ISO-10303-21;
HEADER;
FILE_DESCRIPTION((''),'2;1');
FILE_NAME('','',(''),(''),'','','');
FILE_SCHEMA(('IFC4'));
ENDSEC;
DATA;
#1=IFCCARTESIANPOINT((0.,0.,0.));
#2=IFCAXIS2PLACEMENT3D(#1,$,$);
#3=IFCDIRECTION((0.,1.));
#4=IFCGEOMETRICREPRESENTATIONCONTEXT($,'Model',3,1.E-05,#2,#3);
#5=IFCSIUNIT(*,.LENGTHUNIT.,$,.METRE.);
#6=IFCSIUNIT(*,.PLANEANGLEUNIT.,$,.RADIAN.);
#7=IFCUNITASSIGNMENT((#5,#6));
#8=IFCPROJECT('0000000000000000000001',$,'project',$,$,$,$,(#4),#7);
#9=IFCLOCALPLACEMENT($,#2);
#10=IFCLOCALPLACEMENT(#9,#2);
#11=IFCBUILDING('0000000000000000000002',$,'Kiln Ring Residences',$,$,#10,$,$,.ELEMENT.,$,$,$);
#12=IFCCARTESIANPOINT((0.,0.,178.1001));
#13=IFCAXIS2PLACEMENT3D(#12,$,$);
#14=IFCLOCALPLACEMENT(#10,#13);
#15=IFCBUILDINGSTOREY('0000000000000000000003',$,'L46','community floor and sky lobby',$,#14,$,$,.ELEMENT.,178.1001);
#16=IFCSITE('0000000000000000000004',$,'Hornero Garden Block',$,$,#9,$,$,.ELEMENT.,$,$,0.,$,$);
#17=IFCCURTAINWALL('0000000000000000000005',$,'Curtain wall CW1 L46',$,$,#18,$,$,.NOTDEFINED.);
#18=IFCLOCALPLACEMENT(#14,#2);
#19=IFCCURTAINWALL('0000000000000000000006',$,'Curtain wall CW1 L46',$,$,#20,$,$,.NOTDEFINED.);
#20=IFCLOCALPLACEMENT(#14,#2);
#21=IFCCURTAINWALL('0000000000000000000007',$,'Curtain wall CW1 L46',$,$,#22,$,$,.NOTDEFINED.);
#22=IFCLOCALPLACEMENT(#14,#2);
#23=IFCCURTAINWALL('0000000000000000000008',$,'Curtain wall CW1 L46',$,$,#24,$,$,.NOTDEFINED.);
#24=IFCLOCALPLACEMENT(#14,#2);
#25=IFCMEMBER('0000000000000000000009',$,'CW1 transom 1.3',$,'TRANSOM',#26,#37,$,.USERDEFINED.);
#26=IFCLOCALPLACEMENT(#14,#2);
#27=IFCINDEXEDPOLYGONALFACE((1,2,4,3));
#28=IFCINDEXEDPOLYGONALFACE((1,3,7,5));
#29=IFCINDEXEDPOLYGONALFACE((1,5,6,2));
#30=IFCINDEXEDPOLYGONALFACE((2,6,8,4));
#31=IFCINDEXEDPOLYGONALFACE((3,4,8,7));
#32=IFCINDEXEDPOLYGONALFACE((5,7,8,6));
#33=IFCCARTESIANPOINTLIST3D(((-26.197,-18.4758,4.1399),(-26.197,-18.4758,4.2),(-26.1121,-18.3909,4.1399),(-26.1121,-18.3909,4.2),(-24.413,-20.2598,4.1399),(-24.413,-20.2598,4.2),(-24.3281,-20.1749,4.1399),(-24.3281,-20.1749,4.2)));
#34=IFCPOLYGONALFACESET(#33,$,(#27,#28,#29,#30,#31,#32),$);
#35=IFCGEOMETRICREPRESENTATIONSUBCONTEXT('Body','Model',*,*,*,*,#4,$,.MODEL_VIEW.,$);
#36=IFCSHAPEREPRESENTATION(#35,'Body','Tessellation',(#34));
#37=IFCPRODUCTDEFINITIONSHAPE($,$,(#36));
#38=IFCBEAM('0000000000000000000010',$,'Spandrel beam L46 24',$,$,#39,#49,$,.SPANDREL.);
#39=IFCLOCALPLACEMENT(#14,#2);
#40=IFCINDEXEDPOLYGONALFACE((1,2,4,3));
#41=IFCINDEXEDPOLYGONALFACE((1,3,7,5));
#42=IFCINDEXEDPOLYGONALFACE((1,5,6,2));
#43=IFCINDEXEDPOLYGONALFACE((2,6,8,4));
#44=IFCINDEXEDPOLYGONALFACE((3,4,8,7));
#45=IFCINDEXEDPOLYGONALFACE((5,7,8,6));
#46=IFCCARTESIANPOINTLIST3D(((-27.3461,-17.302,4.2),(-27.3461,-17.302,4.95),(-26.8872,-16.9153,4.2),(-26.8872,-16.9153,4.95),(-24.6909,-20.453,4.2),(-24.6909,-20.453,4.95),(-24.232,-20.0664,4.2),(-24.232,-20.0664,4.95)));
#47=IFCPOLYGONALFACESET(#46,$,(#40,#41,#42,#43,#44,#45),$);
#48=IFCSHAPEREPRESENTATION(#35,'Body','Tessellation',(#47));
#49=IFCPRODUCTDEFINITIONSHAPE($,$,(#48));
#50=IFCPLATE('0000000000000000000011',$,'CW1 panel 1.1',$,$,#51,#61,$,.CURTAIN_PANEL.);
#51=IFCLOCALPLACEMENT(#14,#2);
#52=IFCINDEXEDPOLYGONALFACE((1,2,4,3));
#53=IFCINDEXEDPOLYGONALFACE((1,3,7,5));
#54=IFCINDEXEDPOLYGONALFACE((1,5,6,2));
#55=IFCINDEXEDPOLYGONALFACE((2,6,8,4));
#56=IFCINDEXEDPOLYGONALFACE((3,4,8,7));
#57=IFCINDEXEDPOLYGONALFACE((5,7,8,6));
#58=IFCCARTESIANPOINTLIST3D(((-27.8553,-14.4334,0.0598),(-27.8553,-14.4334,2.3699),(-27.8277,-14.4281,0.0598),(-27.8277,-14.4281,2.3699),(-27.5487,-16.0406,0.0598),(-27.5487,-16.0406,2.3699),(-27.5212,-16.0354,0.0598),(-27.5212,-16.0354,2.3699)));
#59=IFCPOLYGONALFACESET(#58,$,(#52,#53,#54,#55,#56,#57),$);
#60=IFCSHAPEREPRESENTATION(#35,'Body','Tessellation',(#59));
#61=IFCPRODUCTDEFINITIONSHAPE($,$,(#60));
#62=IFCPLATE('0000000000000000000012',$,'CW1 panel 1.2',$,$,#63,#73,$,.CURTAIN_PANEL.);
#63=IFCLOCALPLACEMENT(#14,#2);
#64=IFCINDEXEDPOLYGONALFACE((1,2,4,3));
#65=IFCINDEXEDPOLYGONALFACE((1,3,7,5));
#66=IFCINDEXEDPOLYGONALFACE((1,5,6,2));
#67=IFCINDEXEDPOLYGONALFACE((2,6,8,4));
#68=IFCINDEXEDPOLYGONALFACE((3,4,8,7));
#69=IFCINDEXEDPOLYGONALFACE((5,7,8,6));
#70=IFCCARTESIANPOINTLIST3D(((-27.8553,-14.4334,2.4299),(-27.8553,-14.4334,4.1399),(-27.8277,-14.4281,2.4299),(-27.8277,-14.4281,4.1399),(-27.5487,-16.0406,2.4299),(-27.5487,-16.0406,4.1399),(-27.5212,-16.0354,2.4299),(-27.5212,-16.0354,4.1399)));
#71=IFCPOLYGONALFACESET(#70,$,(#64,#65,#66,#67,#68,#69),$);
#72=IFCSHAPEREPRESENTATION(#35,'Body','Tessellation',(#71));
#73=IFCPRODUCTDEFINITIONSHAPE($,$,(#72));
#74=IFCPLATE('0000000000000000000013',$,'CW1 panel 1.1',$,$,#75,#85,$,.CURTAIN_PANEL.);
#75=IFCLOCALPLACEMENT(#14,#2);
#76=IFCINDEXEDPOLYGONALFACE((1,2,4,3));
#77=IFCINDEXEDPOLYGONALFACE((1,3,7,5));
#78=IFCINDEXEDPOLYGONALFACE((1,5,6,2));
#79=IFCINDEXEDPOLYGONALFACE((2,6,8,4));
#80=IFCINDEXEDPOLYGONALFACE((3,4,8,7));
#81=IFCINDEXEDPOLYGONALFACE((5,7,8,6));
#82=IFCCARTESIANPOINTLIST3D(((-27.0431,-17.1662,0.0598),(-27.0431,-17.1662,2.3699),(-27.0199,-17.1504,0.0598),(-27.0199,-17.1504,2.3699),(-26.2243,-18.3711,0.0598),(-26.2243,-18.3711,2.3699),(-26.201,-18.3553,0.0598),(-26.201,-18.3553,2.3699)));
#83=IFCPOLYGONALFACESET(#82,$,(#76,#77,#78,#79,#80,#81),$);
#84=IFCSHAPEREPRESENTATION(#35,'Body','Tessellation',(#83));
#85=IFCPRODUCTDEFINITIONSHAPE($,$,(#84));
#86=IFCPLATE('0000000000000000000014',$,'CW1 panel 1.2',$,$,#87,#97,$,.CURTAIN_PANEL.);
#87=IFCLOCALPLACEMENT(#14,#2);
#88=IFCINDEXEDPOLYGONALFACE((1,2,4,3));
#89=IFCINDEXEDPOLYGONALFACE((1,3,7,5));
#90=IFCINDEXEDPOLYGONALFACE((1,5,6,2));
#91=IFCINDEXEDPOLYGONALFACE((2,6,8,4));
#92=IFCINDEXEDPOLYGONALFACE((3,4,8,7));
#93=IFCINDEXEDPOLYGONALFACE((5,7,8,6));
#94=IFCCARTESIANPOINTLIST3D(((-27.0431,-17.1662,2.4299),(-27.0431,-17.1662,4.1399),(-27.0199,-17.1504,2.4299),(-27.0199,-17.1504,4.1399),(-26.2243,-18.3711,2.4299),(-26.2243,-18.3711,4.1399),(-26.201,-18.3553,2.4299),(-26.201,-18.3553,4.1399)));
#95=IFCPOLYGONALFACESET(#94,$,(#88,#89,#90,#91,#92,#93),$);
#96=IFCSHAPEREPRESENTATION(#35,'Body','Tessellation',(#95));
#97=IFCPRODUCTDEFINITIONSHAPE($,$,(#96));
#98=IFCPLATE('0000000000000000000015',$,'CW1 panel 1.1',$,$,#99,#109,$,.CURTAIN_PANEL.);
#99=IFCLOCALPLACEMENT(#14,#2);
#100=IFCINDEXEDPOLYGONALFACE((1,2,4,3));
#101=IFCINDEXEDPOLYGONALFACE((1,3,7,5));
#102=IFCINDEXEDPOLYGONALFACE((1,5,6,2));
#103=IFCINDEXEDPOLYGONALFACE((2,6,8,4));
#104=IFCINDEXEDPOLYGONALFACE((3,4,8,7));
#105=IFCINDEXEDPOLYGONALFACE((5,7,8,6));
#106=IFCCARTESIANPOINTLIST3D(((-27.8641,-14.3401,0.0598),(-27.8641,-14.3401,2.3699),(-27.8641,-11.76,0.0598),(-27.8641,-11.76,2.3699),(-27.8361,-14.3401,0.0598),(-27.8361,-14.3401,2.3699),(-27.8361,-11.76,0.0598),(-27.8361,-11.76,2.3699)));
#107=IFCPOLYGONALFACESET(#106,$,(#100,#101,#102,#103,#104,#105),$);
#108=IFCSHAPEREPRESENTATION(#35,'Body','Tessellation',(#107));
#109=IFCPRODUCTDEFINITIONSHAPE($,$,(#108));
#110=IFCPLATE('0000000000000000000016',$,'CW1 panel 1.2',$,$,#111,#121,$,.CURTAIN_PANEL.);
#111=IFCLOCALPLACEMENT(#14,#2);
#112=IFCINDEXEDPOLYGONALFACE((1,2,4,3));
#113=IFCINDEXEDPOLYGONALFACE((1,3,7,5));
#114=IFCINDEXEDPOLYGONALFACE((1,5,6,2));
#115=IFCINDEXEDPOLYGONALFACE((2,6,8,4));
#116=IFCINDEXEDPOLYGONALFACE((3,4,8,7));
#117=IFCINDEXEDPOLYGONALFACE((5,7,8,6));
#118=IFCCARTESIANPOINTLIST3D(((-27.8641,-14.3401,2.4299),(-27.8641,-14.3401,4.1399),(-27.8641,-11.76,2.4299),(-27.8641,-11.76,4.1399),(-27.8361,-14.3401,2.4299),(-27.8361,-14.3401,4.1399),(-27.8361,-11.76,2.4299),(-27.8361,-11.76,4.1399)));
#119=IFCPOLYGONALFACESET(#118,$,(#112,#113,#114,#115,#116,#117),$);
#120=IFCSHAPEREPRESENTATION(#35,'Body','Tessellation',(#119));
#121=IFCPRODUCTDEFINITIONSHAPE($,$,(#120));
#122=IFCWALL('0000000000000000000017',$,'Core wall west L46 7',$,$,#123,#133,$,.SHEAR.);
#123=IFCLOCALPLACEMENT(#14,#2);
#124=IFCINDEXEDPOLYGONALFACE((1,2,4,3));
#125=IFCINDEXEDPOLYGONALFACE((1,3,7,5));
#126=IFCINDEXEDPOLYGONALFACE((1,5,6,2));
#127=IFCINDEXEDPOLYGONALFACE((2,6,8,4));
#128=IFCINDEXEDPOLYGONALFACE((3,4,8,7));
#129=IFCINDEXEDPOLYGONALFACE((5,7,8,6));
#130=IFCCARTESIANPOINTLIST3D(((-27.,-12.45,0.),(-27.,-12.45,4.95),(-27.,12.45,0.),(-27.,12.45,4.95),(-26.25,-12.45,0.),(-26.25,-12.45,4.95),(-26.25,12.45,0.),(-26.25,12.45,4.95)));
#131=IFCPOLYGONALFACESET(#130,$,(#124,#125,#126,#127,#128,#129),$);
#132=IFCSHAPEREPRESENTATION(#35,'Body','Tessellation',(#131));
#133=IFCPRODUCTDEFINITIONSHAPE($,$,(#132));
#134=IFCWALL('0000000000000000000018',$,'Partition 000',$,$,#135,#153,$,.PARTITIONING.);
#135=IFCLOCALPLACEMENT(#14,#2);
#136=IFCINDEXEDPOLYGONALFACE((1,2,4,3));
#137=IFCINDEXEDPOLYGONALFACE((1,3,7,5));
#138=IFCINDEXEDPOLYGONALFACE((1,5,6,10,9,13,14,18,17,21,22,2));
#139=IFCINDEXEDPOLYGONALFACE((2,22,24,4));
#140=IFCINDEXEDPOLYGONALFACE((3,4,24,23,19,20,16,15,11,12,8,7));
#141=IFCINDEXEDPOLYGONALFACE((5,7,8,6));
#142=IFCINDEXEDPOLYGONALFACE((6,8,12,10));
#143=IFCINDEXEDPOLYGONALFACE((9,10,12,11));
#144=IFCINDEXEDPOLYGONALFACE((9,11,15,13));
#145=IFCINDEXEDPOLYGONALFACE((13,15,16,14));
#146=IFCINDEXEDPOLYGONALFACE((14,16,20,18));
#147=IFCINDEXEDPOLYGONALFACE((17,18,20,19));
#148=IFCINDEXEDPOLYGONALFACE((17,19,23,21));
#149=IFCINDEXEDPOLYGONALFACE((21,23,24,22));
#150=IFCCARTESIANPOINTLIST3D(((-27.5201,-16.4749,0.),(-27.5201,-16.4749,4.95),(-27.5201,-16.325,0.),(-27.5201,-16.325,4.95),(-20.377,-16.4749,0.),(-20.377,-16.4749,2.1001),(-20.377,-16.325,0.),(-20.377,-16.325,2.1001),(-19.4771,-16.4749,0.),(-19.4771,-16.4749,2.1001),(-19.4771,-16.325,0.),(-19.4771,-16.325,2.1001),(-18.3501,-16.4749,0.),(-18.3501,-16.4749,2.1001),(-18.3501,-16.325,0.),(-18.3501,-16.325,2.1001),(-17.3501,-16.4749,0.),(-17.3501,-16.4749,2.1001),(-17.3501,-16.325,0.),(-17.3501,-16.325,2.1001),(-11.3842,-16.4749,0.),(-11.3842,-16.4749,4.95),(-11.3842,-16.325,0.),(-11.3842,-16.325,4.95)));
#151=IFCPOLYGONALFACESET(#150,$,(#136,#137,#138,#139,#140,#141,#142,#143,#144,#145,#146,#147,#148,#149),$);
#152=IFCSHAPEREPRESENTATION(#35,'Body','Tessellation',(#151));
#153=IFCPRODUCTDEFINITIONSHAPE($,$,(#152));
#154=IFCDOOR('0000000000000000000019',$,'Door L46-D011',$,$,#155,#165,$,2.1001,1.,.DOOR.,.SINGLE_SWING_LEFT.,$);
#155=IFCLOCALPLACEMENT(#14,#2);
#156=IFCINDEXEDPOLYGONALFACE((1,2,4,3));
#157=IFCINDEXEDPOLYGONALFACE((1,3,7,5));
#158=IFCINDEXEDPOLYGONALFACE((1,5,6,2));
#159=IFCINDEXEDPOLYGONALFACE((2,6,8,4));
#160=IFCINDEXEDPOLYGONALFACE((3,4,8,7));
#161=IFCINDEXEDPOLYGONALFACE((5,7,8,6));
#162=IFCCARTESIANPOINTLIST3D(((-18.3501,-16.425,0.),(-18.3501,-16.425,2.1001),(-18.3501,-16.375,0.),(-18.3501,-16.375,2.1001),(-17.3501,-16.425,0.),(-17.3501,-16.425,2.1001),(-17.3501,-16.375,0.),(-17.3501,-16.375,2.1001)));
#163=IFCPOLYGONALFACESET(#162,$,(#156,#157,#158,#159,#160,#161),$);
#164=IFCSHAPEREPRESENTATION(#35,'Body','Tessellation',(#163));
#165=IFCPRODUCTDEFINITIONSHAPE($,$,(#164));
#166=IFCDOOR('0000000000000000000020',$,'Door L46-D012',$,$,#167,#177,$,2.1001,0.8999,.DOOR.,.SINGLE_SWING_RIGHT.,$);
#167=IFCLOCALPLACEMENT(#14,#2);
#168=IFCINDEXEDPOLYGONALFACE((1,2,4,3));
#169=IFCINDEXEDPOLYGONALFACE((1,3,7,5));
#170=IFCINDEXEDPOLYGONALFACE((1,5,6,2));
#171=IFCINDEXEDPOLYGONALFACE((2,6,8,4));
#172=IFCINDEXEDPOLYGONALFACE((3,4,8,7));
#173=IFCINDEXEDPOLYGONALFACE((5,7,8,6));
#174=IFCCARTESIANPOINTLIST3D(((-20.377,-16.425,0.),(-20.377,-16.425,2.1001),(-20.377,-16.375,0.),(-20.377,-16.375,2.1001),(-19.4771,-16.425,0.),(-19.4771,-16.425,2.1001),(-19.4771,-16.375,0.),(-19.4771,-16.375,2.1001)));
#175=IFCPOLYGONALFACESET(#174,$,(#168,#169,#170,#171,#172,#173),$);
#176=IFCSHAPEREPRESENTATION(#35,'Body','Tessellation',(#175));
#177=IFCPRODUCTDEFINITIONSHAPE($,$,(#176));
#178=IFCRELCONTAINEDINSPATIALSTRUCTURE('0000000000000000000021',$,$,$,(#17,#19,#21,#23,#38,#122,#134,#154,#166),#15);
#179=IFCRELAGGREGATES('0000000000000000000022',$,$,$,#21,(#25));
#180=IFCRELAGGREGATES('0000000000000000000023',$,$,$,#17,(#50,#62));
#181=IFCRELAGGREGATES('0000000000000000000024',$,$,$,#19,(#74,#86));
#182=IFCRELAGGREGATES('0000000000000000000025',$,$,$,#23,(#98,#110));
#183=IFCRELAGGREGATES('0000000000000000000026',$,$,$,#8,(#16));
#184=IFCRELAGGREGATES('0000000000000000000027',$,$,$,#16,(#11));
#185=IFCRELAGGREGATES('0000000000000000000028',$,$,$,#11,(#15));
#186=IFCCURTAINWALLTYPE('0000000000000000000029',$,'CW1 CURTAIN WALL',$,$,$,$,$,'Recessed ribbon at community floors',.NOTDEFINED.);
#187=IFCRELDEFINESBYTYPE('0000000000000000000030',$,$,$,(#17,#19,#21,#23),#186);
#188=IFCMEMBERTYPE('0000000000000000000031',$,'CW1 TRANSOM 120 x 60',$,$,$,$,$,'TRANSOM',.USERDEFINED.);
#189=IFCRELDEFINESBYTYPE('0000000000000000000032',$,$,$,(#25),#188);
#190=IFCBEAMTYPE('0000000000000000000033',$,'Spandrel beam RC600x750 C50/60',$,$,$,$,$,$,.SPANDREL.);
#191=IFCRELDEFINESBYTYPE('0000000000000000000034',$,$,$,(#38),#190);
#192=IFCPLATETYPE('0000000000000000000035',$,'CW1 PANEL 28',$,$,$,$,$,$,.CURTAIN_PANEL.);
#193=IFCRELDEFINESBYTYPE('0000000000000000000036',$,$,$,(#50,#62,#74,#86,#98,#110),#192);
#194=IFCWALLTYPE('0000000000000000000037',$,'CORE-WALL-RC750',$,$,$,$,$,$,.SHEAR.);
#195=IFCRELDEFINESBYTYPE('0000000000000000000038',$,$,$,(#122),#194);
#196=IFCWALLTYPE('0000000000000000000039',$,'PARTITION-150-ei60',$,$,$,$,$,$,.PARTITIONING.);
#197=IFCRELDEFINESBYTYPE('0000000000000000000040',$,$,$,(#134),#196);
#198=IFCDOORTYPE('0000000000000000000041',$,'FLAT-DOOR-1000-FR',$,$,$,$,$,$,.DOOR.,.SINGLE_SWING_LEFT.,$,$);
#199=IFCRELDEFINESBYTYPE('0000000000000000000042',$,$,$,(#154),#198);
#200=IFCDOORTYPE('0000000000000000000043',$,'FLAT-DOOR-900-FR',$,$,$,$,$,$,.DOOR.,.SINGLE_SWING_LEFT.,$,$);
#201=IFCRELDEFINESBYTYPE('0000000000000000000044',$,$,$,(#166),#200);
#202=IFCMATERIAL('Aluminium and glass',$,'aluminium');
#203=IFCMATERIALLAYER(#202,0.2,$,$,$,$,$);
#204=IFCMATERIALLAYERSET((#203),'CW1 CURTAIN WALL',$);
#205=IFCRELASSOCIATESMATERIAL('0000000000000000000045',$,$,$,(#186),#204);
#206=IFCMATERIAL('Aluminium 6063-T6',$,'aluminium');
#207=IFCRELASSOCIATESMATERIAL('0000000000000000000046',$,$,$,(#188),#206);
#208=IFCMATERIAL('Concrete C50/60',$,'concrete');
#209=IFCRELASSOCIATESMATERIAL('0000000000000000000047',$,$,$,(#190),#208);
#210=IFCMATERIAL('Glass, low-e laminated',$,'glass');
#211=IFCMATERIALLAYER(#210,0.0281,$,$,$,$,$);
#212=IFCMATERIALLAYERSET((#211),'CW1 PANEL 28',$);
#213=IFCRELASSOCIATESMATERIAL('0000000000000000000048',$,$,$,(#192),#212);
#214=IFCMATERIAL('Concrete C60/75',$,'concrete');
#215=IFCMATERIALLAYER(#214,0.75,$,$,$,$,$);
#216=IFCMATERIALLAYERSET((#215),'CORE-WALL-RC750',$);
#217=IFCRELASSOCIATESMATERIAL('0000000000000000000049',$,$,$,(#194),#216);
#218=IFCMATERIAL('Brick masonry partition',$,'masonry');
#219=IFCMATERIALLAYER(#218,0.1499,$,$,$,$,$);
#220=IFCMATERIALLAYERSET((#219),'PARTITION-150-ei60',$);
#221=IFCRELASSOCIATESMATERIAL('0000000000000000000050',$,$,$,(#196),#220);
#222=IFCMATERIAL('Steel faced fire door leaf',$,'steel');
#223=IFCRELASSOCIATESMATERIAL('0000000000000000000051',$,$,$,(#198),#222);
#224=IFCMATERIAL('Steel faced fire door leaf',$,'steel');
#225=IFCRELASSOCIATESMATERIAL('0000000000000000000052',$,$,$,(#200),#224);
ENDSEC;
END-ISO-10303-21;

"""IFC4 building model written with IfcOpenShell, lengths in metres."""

from ifc_helpers import new_model, si_unit, direction, frame, frame_2d, origin, origin_2d, place, context, subcontext, project, spatial, rectangle, extrude, material, layer, layer_set, material_profile, profile_set, type_object, element, fill, aggregate, save


model = new_model("IFC4")

# Units and contexts
model_context = context("Model", 3, precision=1e-05, world=origin(), true_north=direction((0.0, 1.0)))
body_context = subcontext(model_context, "Body", "Model", "MODEL_VIEW")
ifc_project = project(units=[si_unit("LENGTHUNIT", "METRE"), si_unit("PLANEANGLEUNIT", "RADIAN")], contexts=[model_context])

# Site, building, storey
site_placement = place(None, origin())
site = spatial("IfcSite", under=ifc_project, at=site_placement, Name="Hornero Garden Block", CompositionType="ELEMENT", RefElevation=0.0)
building_placement = place(site_placement, origin())
building = spatial("IfcBuilding", under=site, at=building_placement, Name="Kiln Ring Residences", CompositionType="ELEMENT")
storey_placement = place(building_placement, frame((0.0, 0.0, 178.1001)))
storey = spatial("IfcBuildingStorey", under=building, at=storey_placement, Name="L46", Description="community floor and sky lobby", CompositionType="ELEMENT", Elevation=178.1001)

# Curtain walls
ifc_material_1 = material(Name="Aluminium and glass", Category="aluminium")
ifc_layer_1 = layer(ifc_material_1, 0.2)
ifc_layer_set_1 = layer_set([ifc_layer_1], Name="CW1 CURTAIN WALL")
curtain_wall_type = type_object("IfcCurtainWallType", Name="CW1 CURTAIN WALL", ElementType="Recessed ribbon at community floors", PredefinedType="NOTDEFINED", material=ifc_layer_set_1)
placement = place(storey_placement, origin())
curtain_wall_1 = element("IfcCurtainWall", 1, at=placement, inside=storey, type_object=curtain_wall_type, Name="Curtain wall CW1 L46", PredefinedType="NOTDEFINED")
curtain_wall_2 = element("IfcCurtainWall", 2, at=placement, inside=storey, type_object=curtain_wall_type, Name="Curtain wall CW1 L46", PredefinedType="NOTDEFINED")

# Curtain walls
curtain_wall_3 = element("IfcCurtainWall", 3, at=placement, inside=storey, type_object=curtain_wall_type, Name="Curtain wall CW1 L46", PredefinedType="NOTDEFINED")
curtain_wall_4 = element("IfcCurtainWall", 4, at=placement, inside=storey, type_object=curtain_wall_type, Name="Curtain wall CW1 L46", PredefinedType="NOTDEFINED")

# Member
ifc_material_2 = material(Name="Aluminium 6063-T6", Category="aluminium")
ifc_material_profile_1 = material_profile(ifc_material_2, rectangle(XDim=0.1201, YDim=0.0601, at=origin_2d()), Name="AL 120x60")
ifc_profile_set_1 = profile_set([ifc_material_profile_1], Name="Aluminium 6063-T6")
member_type_1 = type_object("IfcMemberType", Name="CW1 TRANSOM 120 x 60", ElementType="TRANSOM", PredefinedType="USERDEFINED", material=ifc_profile_set_1)
member_1_placement = place(storey_placement, frame((-26.1545, -18.4333, 4.1699), z_axis=(0.707107, -0.707107, 0.0), x_axis=(0.707107, 0.707107, 0.0)))
member_1 = element("IfcMember", 5, at=member_1_placement, type_object=member_type_1, Name="CW1 transom 1.3", ObjectType="TRANSOM", PredefinedType="USERDEFINED", context=body_context, shape_type="SweptSolid", body=[
    extrude(rectangle(XDim=0.1201, YDim=0.0601, at=origin_2d()), origin(), (0.0, 0.0, 1.0), 2.5229),
])
aggregate(curtain_wall_3, [member_1])

# Beam
ifc_material_3 = material(Name="Concrete C50/60", Category="concrete")
ifc_material_profile_2 = material_profile(ifc_material_3, rectangle(XDim=0.6001, YDim=0.75, at=origin_2d()), Name="RC600x750")
ifc_profile_set_2 = profile_set([ifc_material_profile_2], Name="Concrete C50/60")
beam_type = type_object("IfcBeamType", Name="Spandrel beam RC600x750 C50/60", PredefinedType="SPANDREL", material=ifc_profile_set_2)
beam_placement = place(storey_placement, frame((-27.1167, -17.1086, 4.575), z_axis=(0.644377, -0.764708, 0.0), x_axis=(0.764708, 0.644377, 0.0)))
element("IfcBeam", 6, at=beam_placement, inside=storey, type_object=beam_type, Name="Spandrel beam L46 24", PredefinedType="SPANDREL", context=body_context, shape_type="SweptSolid", body=[
    extrude(rectangle(XDim=0.6001, YDim=0.75, at=origin_2d()), origin(), (0.0, 0.0, 1.0), 4.1206),
])

# Plates
ifc_material_4 = material(Name="Glass, low-e laminated", Category="glass")
ifc_layer_2 = layer(ifc_material_4, 0.0281)
ifc_layer_set_2 = layer_set([ifc_layer_2], Name="CW1 PANEL 28")
plate_type = type_object("IfcPlateType", Name="CW1 PANEL 28", PredefinedType="CURTAIN_PANEL", material=ifc_layer_set_2)
plate_1_placement = place(storey_placement, frame((-27.6882, -15.2344, 0.0598), z_axis=(0.0, 0.0, 1.0), x_axis=(0.187366, -0.98229, 0.0)))
plate_1 = element("IfcPlate", 7, at=plate_1_placement, type_object=plate_type, Name="CW1 panel 1.1", PredefinedType="CURTAIN_PANEL", context=body_context, shape_type="SweptSolid", body=[
    extrude(rectangle(XDim=1.6362, YDim=0.0281, at=origin_2d()), origin(), (0.0, 0.0, 1.0), 2.3101),
])
plate_2_placement = place(storey_placement, frame((-27.6882, -15.2344, 2.4299), z_axis=(0.0, 0.0, 1.0), x_axis=(0.187366, -0.98229, 0.0)))
plate_2 = element("IfcPlate", 8, at=plate_2_placement, type_object=plate_type, Name="CW1 panel 1.2", PredefinedType="CURTAIN_PANEL", context=body_context, shape_type="SweptSolid", body=[
    extrude(rectangle(XDim=1.6362, YDim=0.0281, at=origin_2d()), origin(), (0.0, 0.0, 1.0), 1.71),
])
aggregate(curtain_wall_1, [plate_1, plate_2])
plate_3_placement = place(storey_placement, frame((-26.6221, -17.7607, 0.0598), z_axis=(0.0, 0.0, 1.0), x_axis=(0.562097, -0.827072, 0.0)))
plate_3 = element("IfcPlate", 9, at=plate_3_placement, type_object=plate_type, Name="CW1 panel 1.1", PredefinedType="CURTAIN_PANEL", context=body_context, shape_type="SweptSolid", body=[
    extrude(rectangle(XDim=1.4568, YDim=0.0281, at=origin_2d()), origin(), (0.0, 0.0, 1.0), 2.3101),
])
plate_4_placement = place(storey_placement, frame((-26.6221, -17.7607, 2.4299), z_axis=(0.0, 0.0, 1.0), x_axis=(0.562097, -0.827072, 0.0)))
plate_4 = element("IfcPlate", 10, at=plate_4_placement, type_object=plate_type, Name="CW1 panel 1.2", PredefinedType="CURTAIN_PANEL", context=body_context, shape_type="SweptSolid", body=[
    extrude(rectangle(XDim=1.4568, YDim=0.0281, at=origin_2d()), origin(), (0.0, 0.0, 1.0), 1.71),
])
aggregate(curtain_wall_2, [plate_3, plate_4])
plate_5_placement = place(storey_placement, frame((-27.8501, -13.05, 0.0598), z_axis=(0.0, 0.0, 1.0), x_axis=(0.0, -1.0, 0.0)))
plate_5 = element("IfcPlate", 11, at=plate_5_placement, type_object=plate_type, Name="CW1 panel 1.1", PredefinedType="CURTAIN_PANEL", context=body_context, shape_type="SweptSolid", body=[
    extrude(rectangle(XDim=2.5801, YDim=0.0281, at=origin_2d()), origin(), (0.0, 0.0, 1.0), 2.3101),
])
plate_6_placement = place(storey_placement, frame((-27.8501, -13.05, 2.4299), z_axis=(0.0, 0.0, 1.0), x_axis=(0.0, -1.0, 0.0)))
plate_6 = element("IfcPlate", 12, at=plate_6_placement, type_object=plate_type, Name="CW1 panel 1.2", PredefinedType="CURTAIN_PANEL", context=body_context, shape_type="SweptSolid", body=[
    extrude(rectangle(XDim=2.5801, YDim=0.0281, at=origin_2d()), origin(), (0.0, 0.0, 1.0), 1.71),
])
aggregate(curtain_wall_4, [plate_5, plate_6])

# Wall
ifc_material_5 = material(Name="Concrete C60/75", Category="concrete")
ifc_layer_3 = layer(ifc_material_5, 0.75)
ifc_layer_set_3 = layer_set([ifc_layer_3], Name="CORE-WALL-RC750")
wall_type_1 = type_object("IfcWallType", Name="CORE-WALL-RC750", PredefinedType="SHEAR", material=ifc_layer_set_3)
wall_1_placement = place(storey_placement, frame((-26.625, -12.45, 0.0), z_axis=(0.0, 0.0, 1.0), x_axis=(0.0, 1.0, 0.0)))
element("IfcWall", 13, at=wall_1_placement, inside=storey, type_object=wall_type_1, Name="Core wall west L46 7", PredefinedType="SHEAR", context=body_context, shape_type="SweptSolid", body=[
    extrude(rectangle(XDim=24.8999, YDim=0.75, at=frame_2d((12.45, 0.0))), origin(), (0.0, 0.0, 1.0), 4.95),
])

# Wall, openings, doors
ifc_material_6 = material(Name="Brick masonry partition", Category="masonry")
ifc_layer_4 = layer(ifc_material_6, 0.1499)
ifc_layer_set_4 = layer_set([ifc_layer_4], Name="PARTITION-150-ei60")
wall_type_2 = type_object("IfcWallType", Name="PARTITION-150-ei60", PredefinedType="PARTITIONING", material=ifc_layer_set_4)
wall_2_placement = place(storey_placement, frame((-27.52, -16.3999, 0.0), z_axis=(0.0, 0.0, 1.0), x_axis=(1.0, 0.0, 0.0)))
wall_2 = element("IfcWall", 14, at=wall_2_placement, inside=storey, type_object=wall_type_2, Name="Partition 000", PredefinedType="PARTITIONING", context=body_context, shape_type="SweptSolid", body=[
    extrude(rectangle(XDim=16.136, YDim=0.1499, at=frame_2d((8.0679, 0.0))), origin(), (0.0, 0.0, 1.0), 4.95),
])
opening_1_placement = place(wall_2_placement, frame((9.1699, 0.0, 0.0)))
opening_1 = element("IfcOpeningElement", 15, at=opening_1_placement, cuts=wall_2, PredefinedType="OPENING", context=body_context, shape_type="SweptSolid", body=[
    extrude(rectangle(XDim=1.0, YDim=2.1001, at=frame_2d((0.5, 1.05))), frame((0.0, 0.085, 0.0), z_axis=(0.0, -1.0, 0.0), x_axis=(1.0, 0.0, 0.0)), (0.0, 0.0, 1.0), 0.1699),
])
opening_2_placement = place(wall_2_placement, frame((7.1431, 0.0, 0.0)))
opening_2 = element("IfcOpeningElement", 16, at=opening_2_placement, cuts=wall_2, PredefinedType="OPENING", context=body_context, shape_type="SweptSolid", body=[
    extrude(rectangle(XDim=0.8999, YDim=2.1001, at=frame_2d((0.45, 1.05))), frame((0.0, 0.085, 0.0), z_axis=(0.0, -1.0, 0.0), x_axis=(1.0, 0.0, 0.0)), (0.0, 0.0, 1.0), 0.1699),
])
ifc_material_7 = material(Name="Steel faced fire door leaf", Category="steel")
door_type_1 = type_object("IfcDoorType", Name="FLAT-DOOR-1000-FR", OperationType="SINGLE_SWING_LEFT", PredefinedType="DOOR", material=ifc_material_7)
door_1_placement = place(opening_1_placement, origin())
door_1 = element("IfcDoor", 17, at=door_1_placement, inside=storey, type_object=door_type_1, Name="Door L46-D011", OperationType="SINGLE_SWING_LEFT", OverallHeight=2.1001, OverallWidth=1.0, PredefinedType="DOOR", context=body_context, shape_type="SweptSolid", body=[
    extrude(rectangle(XDim=1.0, YDim=2.1001, at=frame_2d((0.5, 1.05))), frame((0.0, 0.0249, 0.0), z_axis=(0.0, -1.0, 0.0), x_axis=(1.0, 0.0, 0.0)), (0.0, 0.0, 1.0), 0.05),
])
fill(opening_1, door_1)
ifc_material_8 = material(Name="Steel faced fire door leaf", Category="steel")
door_type_2 = type_object("IfcDoorType", Name="FLAT-DOOR-900-FR", OperationType="SINGLE_SWING_LEFT", PredefinedType="DOOR", material=ifc_material_8)
door_2_placement = place(opening_2_placement, origin())
door_2 = element("IfcDoor", 18, at=door_2_placement, inside=storey, type_object=door_type_2, Name="Door L46-D012", OperationType="SINGLE_SWING_RIGHT", OverallHeight=2.1001, OverallWidth=0.8999, PredefinedType="DOOR", context=body_context, shape_type="SweptSolid", body=[
    extrude(rectangle(XDim=0.8999, YDim=2.1001, at=frame_2d((0.45, 1.05))), frame((0.0, 0.0249, 0.0), z_axis=(0.0, -1.0, 0.0), x_axis=(1.0, 0.0, 0.0)), (0.0, 0.0, 1.0), 0.05),
])
fill(opening_2, door_2)

save(model, "model.ifc")
